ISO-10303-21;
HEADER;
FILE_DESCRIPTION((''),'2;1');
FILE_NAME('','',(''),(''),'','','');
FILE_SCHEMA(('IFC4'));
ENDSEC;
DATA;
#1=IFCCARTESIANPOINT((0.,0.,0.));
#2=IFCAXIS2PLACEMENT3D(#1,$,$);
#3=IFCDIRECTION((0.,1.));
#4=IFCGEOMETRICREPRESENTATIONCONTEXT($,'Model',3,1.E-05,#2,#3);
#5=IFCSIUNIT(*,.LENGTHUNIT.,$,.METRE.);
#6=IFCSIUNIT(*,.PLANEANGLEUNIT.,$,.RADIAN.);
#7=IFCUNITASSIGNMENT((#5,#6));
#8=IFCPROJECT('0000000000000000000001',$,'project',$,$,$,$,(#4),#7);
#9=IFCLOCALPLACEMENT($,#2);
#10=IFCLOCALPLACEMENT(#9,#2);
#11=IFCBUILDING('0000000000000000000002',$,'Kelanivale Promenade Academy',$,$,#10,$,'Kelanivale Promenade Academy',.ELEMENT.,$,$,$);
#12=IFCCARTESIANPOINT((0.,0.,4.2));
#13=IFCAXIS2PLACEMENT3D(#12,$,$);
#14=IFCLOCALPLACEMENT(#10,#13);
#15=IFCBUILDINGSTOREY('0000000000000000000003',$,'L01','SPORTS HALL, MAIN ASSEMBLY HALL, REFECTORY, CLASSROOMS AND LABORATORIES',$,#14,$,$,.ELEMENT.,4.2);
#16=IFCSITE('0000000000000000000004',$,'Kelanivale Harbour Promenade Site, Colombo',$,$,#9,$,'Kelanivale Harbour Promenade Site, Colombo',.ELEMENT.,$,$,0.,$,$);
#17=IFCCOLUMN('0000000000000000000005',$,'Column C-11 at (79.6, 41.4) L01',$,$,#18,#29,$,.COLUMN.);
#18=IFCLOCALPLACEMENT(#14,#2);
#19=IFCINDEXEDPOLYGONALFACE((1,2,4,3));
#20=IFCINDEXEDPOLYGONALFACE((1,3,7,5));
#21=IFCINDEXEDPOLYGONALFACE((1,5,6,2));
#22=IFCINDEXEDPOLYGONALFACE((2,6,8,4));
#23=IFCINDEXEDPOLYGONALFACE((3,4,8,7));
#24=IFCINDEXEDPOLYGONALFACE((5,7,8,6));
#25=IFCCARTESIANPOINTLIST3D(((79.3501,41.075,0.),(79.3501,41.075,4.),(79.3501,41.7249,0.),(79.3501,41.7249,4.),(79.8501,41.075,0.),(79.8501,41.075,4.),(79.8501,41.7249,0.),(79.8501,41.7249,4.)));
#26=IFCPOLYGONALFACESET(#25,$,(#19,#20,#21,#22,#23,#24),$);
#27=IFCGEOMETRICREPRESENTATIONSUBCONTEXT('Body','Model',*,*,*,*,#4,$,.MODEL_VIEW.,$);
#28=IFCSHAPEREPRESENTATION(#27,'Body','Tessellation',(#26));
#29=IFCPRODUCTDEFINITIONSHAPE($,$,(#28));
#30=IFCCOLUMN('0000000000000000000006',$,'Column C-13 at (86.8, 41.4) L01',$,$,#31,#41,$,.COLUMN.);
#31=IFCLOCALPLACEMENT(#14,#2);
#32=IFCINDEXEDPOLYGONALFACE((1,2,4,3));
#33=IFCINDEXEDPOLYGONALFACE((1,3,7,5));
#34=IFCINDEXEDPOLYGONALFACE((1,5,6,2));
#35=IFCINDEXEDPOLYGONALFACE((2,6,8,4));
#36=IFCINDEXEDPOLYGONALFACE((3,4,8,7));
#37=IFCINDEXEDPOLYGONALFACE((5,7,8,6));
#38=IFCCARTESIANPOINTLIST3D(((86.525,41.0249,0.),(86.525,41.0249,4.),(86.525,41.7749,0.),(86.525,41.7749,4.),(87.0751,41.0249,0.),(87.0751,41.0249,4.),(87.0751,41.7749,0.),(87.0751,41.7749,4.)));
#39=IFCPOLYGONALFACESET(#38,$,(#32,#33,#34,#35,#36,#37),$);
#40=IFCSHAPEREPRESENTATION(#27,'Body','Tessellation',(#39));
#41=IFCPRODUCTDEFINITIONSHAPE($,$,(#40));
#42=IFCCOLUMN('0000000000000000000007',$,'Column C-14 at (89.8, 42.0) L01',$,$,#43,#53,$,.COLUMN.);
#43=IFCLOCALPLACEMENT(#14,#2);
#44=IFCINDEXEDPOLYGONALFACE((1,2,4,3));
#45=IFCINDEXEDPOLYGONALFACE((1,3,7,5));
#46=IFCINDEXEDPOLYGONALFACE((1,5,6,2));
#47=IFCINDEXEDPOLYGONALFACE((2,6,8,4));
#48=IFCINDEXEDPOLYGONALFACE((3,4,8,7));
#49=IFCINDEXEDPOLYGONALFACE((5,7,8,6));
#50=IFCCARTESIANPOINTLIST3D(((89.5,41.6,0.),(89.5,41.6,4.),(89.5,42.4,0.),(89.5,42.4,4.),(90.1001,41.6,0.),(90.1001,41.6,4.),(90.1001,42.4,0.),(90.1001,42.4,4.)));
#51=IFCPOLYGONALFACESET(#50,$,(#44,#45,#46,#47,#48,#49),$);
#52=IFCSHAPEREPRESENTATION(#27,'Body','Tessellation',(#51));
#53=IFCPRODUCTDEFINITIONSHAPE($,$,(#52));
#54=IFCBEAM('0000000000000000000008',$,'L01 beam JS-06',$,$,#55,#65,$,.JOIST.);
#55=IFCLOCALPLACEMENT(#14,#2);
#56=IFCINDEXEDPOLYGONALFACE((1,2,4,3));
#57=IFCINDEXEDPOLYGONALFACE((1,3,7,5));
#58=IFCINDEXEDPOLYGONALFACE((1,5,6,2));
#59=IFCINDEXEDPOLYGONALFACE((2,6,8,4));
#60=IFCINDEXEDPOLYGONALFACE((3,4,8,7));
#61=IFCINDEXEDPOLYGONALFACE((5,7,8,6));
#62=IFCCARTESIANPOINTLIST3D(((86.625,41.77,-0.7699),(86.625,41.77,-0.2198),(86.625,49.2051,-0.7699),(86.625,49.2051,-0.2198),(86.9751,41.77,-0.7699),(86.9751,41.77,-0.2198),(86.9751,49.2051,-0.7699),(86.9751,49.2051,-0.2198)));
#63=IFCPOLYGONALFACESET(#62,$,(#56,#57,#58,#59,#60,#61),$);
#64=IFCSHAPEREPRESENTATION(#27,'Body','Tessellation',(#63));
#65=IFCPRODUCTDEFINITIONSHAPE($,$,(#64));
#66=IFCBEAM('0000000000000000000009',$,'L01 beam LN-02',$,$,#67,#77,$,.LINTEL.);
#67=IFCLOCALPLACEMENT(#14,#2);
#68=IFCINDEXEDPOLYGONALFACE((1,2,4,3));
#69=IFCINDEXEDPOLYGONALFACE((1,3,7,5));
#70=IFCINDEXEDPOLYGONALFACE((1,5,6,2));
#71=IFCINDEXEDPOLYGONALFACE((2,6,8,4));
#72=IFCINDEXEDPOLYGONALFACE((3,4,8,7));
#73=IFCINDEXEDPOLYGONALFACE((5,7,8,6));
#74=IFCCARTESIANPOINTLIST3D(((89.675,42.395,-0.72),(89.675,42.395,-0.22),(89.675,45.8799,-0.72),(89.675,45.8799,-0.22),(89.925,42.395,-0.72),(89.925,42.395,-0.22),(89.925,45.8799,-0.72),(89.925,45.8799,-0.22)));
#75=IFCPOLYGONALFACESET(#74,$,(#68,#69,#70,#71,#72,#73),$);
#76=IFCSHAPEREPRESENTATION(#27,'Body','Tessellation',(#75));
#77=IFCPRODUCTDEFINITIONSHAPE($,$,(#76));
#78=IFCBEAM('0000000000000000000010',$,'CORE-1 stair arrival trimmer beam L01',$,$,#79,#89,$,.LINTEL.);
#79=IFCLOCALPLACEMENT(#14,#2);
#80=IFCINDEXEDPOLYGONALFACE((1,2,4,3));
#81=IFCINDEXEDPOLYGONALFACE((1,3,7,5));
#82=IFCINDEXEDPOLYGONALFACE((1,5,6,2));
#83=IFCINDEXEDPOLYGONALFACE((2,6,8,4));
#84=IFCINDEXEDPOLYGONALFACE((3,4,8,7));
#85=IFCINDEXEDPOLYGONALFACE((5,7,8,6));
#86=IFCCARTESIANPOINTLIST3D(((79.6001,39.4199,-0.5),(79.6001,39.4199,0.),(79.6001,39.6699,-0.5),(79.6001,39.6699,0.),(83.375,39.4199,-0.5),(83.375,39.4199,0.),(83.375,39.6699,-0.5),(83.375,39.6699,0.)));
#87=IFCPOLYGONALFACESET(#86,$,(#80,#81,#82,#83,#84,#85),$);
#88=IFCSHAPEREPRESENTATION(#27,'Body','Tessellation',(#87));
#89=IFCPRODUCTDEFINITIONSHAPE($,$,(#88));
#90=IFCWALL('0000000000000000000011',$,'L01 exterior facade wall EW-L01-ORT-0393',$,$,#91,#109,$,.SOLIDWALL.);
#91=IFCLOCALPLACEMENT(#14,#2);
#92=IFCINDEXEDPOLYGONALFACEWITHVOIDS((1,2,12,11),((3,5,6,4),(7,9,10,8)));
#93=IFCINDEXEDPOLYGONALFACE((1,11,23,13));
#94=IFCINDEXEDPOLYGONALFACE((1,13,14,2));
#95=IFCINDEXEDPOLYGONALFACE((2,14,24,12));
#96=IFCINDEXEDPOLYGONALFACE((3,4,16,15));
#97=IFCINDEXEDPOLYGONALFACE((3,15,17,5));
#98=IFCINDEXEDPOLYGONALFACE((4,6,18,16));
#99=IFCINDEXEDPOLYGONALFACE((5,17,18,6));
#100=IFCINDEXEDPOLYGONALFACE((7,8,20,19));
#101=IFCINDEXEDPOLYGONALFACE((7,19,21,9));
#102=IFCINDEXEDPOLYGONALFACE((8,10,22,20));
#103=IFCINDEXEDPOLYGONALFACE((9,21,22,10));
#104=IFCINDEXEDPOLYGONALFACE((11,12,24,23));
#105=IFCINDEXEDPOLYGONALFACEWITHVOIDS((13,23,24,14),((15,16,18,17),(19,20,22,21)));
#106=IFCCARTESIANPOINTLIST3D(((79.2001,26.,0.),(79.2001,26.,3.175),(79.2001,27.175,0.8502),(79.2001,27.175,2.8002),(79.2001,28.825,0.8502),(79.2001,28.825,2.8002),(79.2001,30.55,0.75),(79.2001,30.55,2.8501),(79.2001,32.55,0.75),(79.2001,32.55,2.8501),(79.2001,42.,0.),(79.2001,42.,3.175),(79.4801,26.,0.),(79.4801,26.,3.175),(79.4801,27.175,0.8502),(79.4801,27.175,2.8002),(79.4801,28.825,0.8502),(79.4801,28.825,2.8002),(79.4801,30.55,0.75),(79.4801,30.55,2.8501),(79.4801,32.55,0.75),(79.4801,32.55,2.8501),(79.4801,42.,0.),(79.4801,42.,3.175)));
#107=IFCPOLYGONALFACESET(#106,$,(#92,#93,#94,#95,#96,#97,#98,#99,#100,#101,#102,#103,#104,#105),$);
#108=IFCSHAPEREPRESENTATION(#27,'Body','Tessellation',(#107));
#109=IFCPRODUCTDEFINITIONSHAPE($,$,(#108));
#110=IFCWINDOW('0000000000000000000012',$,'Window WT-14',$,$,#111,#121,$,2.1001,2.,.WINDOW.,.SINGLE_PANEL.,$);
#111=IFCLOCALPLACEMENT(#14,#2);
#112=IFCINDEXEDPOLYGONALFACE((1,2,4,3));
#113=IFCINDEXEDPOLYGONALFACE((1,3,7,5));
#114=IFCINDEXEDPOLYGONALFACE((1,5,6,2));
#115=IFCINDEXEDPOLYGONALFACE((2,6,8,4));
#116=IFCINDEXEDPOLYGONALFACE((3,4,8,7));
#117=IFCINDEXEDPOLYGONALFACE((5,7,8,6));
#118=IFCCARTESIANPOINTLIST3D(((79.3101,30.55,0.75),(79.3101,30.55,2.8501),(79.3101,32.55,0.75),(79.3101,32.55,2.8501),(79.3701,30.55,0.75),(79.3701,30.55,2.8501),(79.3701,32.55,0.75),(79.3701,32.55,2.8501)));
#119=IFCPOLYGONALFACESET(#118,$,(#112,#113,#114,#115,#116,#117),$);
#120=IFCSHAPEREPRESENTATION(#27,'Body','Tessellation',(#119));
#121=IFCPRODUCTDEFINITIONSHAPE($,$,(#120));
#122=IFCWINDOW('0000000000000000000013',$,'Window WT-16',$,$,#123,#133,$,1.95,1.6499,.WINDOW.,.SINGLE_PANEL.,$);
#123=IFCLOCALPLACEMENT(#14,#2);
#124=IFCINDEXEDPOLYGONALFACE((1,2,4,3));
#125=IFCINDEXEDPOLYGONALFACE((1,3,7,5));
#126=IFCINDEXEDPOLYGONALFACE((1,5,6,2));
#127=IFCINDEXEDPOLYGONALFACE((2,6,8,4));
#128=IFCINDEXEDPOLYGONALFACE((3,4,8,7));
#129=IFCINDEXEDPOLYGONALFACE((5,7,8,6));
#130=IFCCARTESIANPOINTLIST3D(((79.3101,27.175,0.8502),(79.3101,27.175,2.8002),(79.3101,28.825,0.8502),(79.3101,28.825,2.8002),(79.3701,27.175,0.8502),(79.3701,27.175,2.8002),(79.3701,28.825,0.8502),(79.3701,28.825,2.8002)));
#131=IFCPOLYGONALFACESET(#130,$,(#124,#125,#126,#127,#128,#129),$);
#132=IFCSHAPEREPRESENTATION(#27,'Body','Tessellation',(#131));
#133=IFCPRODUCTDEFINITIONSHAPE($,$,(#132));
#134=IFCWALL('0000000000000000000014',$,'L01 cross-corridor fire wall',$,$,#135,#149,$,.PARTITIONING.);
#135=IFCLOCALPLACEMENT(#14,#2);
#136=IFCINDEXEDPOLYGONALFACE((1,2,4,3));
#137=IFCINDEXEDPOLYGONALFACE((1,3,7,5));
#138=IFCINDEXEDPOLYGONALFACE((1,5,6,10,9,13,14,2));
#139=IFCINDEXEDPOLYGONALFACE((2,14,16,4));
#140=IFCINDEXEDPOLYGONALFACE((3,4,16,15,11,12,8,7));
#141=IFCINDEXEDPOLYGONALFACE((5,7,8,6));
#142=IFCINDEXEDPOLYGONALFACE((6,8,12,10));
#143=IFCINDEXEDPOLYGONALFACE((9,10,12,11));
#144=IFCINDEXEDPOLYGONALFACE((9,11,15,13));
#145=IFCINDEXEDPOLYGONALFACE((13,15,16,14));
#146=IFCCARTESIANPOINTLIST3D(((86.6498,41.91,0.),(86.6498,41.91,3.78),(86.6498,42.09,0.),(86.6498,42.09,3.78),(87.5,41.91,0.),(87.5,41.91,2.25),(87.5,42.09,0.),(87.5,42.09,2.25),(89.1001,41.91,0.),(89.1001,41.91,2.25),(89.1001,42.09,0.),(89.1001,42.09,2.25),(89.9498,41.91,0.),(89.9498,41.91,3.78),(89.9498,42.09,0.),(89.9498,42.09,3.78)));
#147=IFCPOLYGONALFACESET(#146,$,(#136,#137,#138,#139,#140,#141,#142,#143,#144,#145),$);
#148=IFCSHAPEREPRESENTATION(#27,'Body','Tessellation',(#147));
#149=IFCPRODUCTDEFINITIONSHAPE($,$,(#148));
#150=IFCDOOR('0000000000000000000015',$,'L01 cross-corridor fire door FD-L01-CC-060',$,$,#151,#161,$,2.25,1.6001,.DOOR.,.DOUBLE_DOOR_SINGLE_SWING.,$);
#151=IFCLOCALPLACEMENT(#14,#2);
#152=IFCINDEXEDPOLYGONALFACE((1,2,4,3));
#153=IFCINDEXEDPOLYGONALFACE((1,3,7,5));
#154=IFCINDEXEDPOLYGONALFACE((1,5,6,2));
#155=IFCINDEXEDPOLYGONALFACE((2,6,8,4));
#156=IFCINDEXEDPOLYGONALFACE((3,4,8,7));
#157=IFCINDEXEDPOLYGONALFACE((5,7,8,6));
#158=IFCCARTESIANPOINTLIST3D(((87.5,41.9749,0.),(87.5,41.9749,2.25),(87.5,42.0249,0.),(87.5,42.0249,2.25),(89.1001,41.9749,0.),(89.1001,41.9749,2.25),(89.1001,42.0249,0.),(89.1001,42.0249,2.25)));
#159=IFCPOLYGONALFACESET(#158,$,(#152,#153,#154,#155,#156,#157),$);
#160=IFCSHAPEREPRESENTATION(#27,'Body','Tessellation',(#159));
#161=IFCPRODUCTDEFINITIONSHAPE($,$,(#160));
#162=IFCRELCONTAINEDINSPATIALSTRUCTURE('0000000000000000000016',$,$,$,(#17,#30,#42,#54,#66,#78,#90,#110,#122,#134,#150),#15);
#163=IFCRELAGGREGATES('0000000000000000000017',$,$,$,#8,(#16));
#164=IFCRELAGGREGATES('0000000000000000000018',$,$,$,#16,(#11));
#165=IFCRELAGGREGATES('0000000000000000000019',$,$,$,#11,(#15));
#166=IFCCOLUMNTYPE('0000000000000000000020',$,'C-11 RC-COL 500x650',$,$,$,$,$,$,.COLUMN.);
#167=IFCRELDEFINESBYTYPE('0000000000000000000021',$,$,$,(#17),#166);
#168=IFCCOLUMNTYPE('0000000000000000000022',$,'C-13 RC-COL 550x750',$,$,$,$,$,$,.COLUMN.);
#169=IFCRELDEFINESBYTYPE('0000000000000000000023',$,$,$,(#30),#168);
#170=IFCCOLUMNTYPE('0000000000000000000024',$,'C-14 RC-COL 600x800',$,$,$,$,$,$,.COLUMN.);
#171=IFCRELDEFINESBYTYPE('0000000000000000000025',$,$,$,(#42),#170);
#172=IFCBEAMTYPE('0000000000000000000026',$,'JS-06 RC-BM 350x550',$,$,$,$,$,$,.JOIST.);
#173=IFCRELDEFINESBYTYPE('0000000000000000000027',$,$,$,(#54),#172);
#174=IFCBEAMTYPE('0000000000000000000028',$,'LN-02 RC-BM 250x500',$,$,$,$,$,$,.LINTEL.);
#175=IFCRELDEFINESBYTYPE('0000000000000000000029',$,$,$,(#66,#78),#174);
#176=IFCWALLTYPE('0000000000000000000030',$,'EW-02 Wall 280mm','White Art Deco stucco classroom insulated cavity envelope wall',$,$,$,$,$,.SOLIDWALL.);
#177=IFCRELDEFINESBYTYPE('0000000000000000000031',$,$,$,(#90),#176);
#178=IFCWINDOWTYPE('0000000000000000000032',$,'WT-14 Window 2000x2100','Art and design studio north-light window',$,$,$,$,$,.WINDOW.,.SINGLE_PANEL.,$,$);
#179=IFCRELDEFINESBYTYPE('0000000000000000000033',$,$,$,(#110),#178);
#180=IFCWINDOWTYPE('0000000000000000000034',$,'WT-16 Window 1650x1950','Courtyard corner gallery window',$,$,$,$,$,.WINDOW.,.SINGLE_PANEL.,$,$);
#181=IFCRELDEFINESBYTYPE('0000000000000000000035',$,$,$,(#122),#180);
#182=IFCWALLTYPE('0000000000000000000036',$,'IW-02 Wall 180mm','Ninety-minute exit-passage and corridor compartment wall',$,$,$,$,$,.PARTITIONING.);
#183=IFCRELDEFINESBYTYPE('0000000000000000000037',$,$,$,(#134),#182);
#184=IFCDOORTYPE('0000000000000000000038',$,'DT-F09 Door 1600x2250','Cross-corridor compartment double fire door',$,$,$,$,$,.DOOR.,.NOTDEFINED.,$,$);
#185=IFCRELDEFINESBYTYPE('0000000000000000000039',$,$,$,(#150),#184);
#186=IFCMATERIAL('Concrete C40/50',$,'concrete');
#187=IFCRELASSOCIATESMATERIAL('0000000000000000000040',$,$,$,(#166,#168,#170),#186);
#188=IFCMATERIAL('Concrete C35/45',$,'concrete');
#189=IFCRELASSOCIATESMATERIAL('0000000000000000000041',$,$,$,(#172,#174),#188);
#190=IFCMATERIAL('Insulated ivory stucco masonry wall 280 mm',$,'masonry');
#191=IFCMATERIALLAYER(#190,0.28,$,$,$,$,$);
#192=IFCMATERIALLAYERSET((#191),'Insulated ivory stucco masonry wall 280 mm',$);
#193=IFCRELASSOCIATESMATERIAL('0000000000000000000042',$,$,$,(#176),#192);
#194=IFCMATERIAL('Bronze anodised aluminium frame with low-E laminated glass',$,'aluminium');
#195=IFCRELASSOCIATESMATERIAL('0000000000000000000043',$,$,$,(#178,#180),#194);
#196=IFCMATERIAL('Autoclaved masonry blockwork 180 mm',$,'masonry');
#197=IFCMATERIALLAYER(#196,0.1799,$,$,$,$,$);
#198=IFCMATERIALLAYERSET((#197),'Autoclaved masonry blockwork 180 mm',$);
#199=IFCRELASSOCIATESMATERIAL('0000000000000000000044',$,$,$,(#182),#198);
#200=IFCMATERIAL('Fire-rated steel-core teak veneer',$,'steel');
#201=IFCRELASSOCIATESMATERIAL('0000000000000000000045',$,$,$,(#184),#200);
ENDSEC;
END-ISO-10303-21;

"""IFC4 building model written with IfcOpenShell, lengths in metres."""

from ifc_helpers import new_model, si_unit, direction, frame, frame_2d, origin, origin_2d, place, context, subcontext, project, spatial, rectangle, extrude, material, layer, layer_set, material_profile, profile_set, type_object, element, fill, save


model = new_model("IFC4")

# Units and contexts
model_context = context("Model", 3, precision=1e-05, world=origin(), true_north=direction((0.0, 1.0)))
body_context = subcontext(model_context, "Body", "Model", "MODEL_VIEW")
ifc_project = project(units=[si_unit("LENGTHUNIT", "METRE"), si_unit("PLANEANGLEUNIT", "RADIAN")], contexts=[model_context])

# Site, building, storey
site_placement = place(None, origin())
site = spatial("IfcSite", under=ifc_project, at=site_placement, Name="Kelanivale Harbour Promenade Site, Colombo", LongName="Kelanivale Harbour Promenade Site, Colombo", CompositionType="ELEMENT", RefElevation=0.0)
building_placement = place(site_placement, origin())
building = spatial("IfcBuilding", under=site, at=building_placement, Name="Kelanivale Promenade Academy", LongName="Kelanivale Promenade Academy", CompositionType="ELEMENT")
storey_placement = place(building_placement, frame((0.0, 0.0, 4.2)))
storey = spatial("IfcBuildingStorey", under=building, at=storey_placement, Name="L01", Description="SPORTS HALL, MAIN ASSEMBLY HALL, REFECTORY, CLASSROOMS AND LABORATORIES", CompositionType="ELEMENT", Elevation=4.2)

# Columns
ifc_material_1 = material(Name="Concrete C40/50", Category="concrete")
ifc_material_profile_1 = material_profile(ifc_material_1, rectangle(XDim=0.5, YDim=0.6499, at=origin_2d()), Name="RC-COL 500x650")
ifc_profile_set_1 = profile_set([ifc_material_profile_1], Name="Concrete C40/50")
column_type_1 = type_object("IfcColumnType", Name="C-11 RC-COL 500x650", PredefinedType="COLUMN", material=ifc_profile_set_1)
column_1_placement = place(storey_placement, frame((79.6001, 41.3999, 0.0), z_axis=(0.0, 0.0, 1.0), x_axis=(1.0, 0.0, 0.0)))
element("IfcColumn", 1, at=column_1_placement, inside=storey, type_object=column_type_1, Name="Column C-11 at (79.6, 41.4) L01", PredefinedType="COLUMN", context=body_context, shape_type="SweptSolid", body=[
    extrude(rectangle(XDim=0.5, YDim=0.6499, at=origin_2d()), origin(), (0.0, 0.0, 1.0), 4.0),
])
ifc_material_profile_2 = material_profile(ifc_material_1, rectangle(XDim=0.55, YDim=0.75, at=origin_2d()), Name="RC-COL 550x750")
ifc_profile_set_2 = profile_set([ifc_material_profile_2], Name="Concrete C40/50")
column_type_2 = type_object("IfcColumnType", Name="C-13 RC-COL 550x750", PredefinedType="COLUMN", material=ifc_profile_set_2)
column_2_placement = place(storey_placement, frame((86.8, 41.3999, 0.0), z_axis=(0.0, 0.0, 1.0), x_axis=(1.0, 0.0, 0.0)))
element("IfcColumn", 2, at=column_2_placement, inside=storey, type_object=column_type_2, Name="Column C-13 at (86.8, 41.4) L01", PredefinedType="COLUMN", context=body_context, shape_type="SweptSolid", body=[
    extrude(rectangle(XDim=0.55, YDim=0.75, at=origin_2d()), origin(), (0.0, 0.0, 1.0), 4.0),
])
ifc_material_profile_3 = material_profile(ifc_material_1, rectangle(XDim=0.6001, YDim=0.8, at=origin_2d()), Name="RC-COL 600x800")
ifc_profile_set_3 = profile_set([ifc_material_profile_3], Name="Concrete C40/50")
column_type_3 = type_object("IfcColumnType", Name="C-14 RC-COL 600x800", PredefinedType="COLUMN", material=ifc_profile_set_3)
column_3_placement = place(storey_placement, frame((89.8, 42.0, 0.0), z_axis=(0.0, 0.0, 1.0), x_axis=(1.0, 0.0, 0.0)))
element("IfcColumn", 3, at=column_3_placement, inside=storey, type_object=column_type_3, Name="Column C-14 at (89.8, 42.0) L01", PredefinedType="COLUMN", context=body_context, shape_type="SweptSolid", body=[
    extrude(rectangle(XDim=0.6001, YDim=0.8, at=origin_2d()), origin(), (0.0, 0.0, 1.0), 4.0),
])

# Beams
ifc_material_2 = material(Name="Concrete C35/45", Category="concrete")
ifc_material_profile_4 = material_profile(ifc_material_2, rectangle(XDim=0.3501, YDim=0.55, at=origin_2d()), Name="RC-BM 350x550")
ifc_profile_set_4 = profile_set([ifc_material_profile_4], Name="Concrete C35/45")
beam_type_1 = type_object("IfcBeamType", Name="JS-06 RC-BM 350x550", PredefinedType="JOIST", material=ifc_profile_set_4)
beam_1_placement = place(storey_placement, frame((86.8, 41.77, -0.4949), z_axis=(0.0, 1.0, 0.0), x_axis=(-1.0, 0.0, 0.0)))
element("IfcBeam", 4, at=beam_1_placement, inside=storey, type_object=beam_type_1, Name="L01 beam JS-06", PredefinedType="JOIST", context=body_context, shape_type="SweptSolid", body=[
    extrude(rectangle(XDim=0.3501, YDim=0.55, at=origin_2d()), origin(), (0.0, 0.0, 1.0), 7.4351),
])
ifc_material_profile_5 = material_profile(ifc_material_2, rectangle(XDim=0.25, YDim=0.5, at=origin_2d()), Name="RC-BM 250x500")
ifc_profile_set_5 = profile_set([ifc_material_profile_5], Name="Concrete C35/45")
beam_type_2 = type_object("IfcBeamType", Name="LN-02 RC-BM 250x500", PredefinedType="LINTEL", material=ifc_profile_set_5)
beam_2_placement = place(storey_placement, frame((89.8, 42.395, -0.47), z_axis=(0.0, 1.0, 0.0), x_axis=(-1.0, 0.0, 0.0)))
element("IfcBeam", 5, at=beam_2_placement, inside=storey, type_object=beam_type_2, Name="L01 beam LN-02", PredefinedType="LINTEL", context=body_context, shape_type="SweptSolid", body=[
    extrude(rectangle(XDim=0.25, YDim=0.5, at=origin_2d()), origin(), (0.0, 0.0, 1.0), 3.4849),
])
beam_3_placement = place(storey_placement, frame((79.6001, 39.5449, -0.25), z_axis=(1.0, 0.0, 0.0), x_axis=(0.0, 1.0, 0.0)))
element("IfcBeam", 6, at=beam_3_placement, inside=storey, type_object=beam_type_2, Name="CORE-1 stair arrival trimmer beam L01", PredefinedType="LINTEL", context=body_context, shape_type="SweptSolid", body=[
    extrude(rectangle(XDim=0.25, YDim=0.5, at=origin_2d()), origin(), (0.0, 0.0, 1.0), 3.7749),
])

# Shared definitions
ifc_material_3 = material(Name="Fire-rated steel-core teak veneer", Category="steel")

# Wall, openings, windows
ifc_material_4 = material(Name="Insulated ivory stucco masonry wall 280 mm", Category="masonry")
ifc_layer_1 = layer(ifc_material_4, 0.28)
ifc_layer_set_1 = layer_set([ifc_layer_1], Name="Insulated ivory stucco masonry wall 280 mm")
wall_type_1 = type_object("IfcWallType", Name="EW-02 Wall 280mm", Description="White Art Deco stucco classroom insulated cavity envelope wall", PredefinedType="SOLIDWALL", material=ifc_layer_set_1)
wall_1_placement = place(storey_placement, frame((79.3401, 42.0, 0.0), z_axis=(0.0, 0.0, 1.0), x_axis=(0.0, -1.0, 0.0)))
wall_1 = element("IfcWall", 7, at=wall_1_placement, inside=storey, type_object=wall_type_1, Name="L01 exterior facade wall EW-L01-ORT-0393", PredefinedType="SOLIDWALL", context=body_context, shape_type="SweptSolid", body=[
    extrude(rectangle(XDim=16.0, YDim=0.28, at=frame_2d((8.0, 0.0))), origin(), (0.0, 0.0, 1.0), 3.175),
])
opening_1_placement = place(wall_1_placement, frame((9.45, 0.0, 0.75)))
opening_1 = element("IfcOpeningElement", 8, at=opening_1_placement, cuts=wall_1, PredefinedType="OPENING", context=body_context, shape_type="SweptSolid", body=[
    extrude(rectangle(XDim=2.0, YDim=2.1001, at=frame_2d((1.0, 1.05))), frame((0.0, 0.1499, 0.0), z_axis=(0.0, -1.0, 0.0), x_axis=(1.0, 0.0, 0.0)), (0.0, 0.0, 1.0), 0.3),
])
opening_2_placement = place(wall_1_placement, frame((13.175, 0.0, 0.8501)))
opening_2 = element("IfcOpeningElement", 9, at=opening_2_placement, cuts=wall_1, PredefinedType="OPENING", context=body_context, shape_type="SweptSolid", body=[
    extrude(rectangle(XDim=1.6499, YDim=1.95, at=frame_2d((0.825, 0.9751))), frame((0.0, 0.1499, 0.0), z_axis=(0.0, -1.0, 0.0), x_axis=(1.0, 0.0, 0.0)), (0.0, 0.0, 1.0), 0.3),
])
ifc_material_5 = material(Name="Bronze anodised aluminium frame with low-E laminated glass", Category="aluminium")
window_type_1 = type_object("IfcWindowType", Name="WT-14 Window 2000x2100", Description="Art and design studio north-light window", PartitioningType="SINGLE_PANEL", PredefinedType="WINDOW", material=ifc_material_5)
window_1_placement = place(opening_1_placement, origin())
window_1 = element("IfcWindow", 10, at=window_1_placement, inside=storey, type_object=window_type_1, Name="Window WT-14", OverallHeight=2.1001, OverallWidth=2.0, PartitioningType="SINGLE_PANEL", PredefinedType="WINDOW", context=body_context, shape_type="SweptSolid", body=[
    extrude(rectangle(XDim=2.0, YDim=2.1001, at=frame_2d((1.0, 1.05))), frame((0.0, 0.03, 0.0), z_axis=(0.0, -1.0, 0.0), x_axis=(1.0, 0.0, 0.0)), (0.0, 0.0, 1.0), 0.0601),
])
fill(opening_1, window_1)
window_type_2 = type_object("IfcWindowType", Name="WT-16 Window 1650x1950", Description="Courtyard corner gallery window", PartitioningType="SINGLE_PANEL", PredefinedType="WINDOW", material=ifc_material_5)
window_2_placement = place(opening_2_placement, origin())
window_2 = element("IfcWindow", 11, at=window_2_placement, inside=storey, type_object=window_type_2, Name="Window WT-16", OverallHeight=1.95, OverallWidth=1.6499, PartitioningType="SINGLE_PANEL", PredefinedType="WINDOW", context=body_context, shape_type="SweptSolid", body=[
    extrude(rectangle(XDim=1.6499, YDim=1.95, at=frame_2d((0.825, 0.9751))), frame((0.0, 0.03, 0.0), z_axis=(0.0, -1.0, 0.0), x_axis=(1.0, 0.0, 0.0)), (0.0, 0.0, 1.0), 0.0601),
])
fill(opening_2, window_2)

# Wall, opening, door
ifc_material_6 = material(Name="Autoclaved masonry blockwork 180 mm", Category="masonry")
ifc_layer_2 = layer(ifc_material_6, 0.1799)
ifc_layer_set_2 = layer_set([ifc_layer_2], Name="Autoclaved masonry blockwork 180 mm")
wall_type_2 = type_object("IfcWallType", Name="IW-02 Wall 180mm", Description="Ninety-minute exit-passage and corridor compartment wall", PredefinedType="PARTITIONING", material=ifc_layer_set_2)
wall_2_placement = place(storey_placement, frame((86.6499, 42.0, 0.0), z_axis=(0.0, 0.0, 1.0), x_axis=(1.0, 0.0, 0.0)))
wall_2 = element("IfcWall", 12, at=wall_2_placement, inside=storey, type_object=wall_type_2, Name="L01 cross-corridor fire wall", PredefinedType="PARTITIONING", context=body_context, shape_type="SweptSolid", body=[
    extrude(rectangle(XDim=3.3, YDim=0.1799, at=frame_2d((1.6499, 0.0))), origin(), (0.0, 0.0, 1.0), 3.78),
])
opening_3_placement = place(wall_2_placement, frame((0.8501, 0.0, 0.0)))
opening_3 = element("IfcOpeningElement", 13, at=opening_3_placement, cuts=wall_2, PredefinedType="OPENING", context=body_context, shape_type="SweptSolid", body=[
    extrude(rectangle(XDim=1.6001, YDim=2.25, at=frame_2d((0.8, 1.125))), frame((0.0, 0.1001, 0.0), z_axis=(0.0, -1.0, 0.0), x_axis=(1.0, 0.0, 0.0)), (0.0, 0.0, 1.0), 0.2),
])
door_type_1 = type_object("IfcDoorType", Name="DT-F09 Door 1600x2250", Description="Cross-corridor compartment double fire door", OperationType="NOTDEFINED", PredefinedType="DOOR", material=ifc_material_3)
door_1_placement = place(opening_3_placement, origin())
door_1 = element("IfcDoor", 14, at=door_1_placement, inside=storey, type_object=door_type_1, Name="L01 cross-corridor fire door FD-L01-CC-060", OperationType="DOUBLE_DOOR_SINGLE_SWING", OverallHeight=2.25, OverallWidth=1.6001, PredefinedType="DOOR", context=body_context, shape_type="SweptSolid", body=[
    extrude(rectangle(XDim=1.6001, YDim=2.25, at=frame_2d((0.8, 1.125))), frame((0.0, 0.0249, 0.0), z_axis=(0.0, -1.0, 0.0), x_axis=(1.0, 0.0, 0.0)), (0.0, 0.0, 1.0), 0.05),
])
fill(opening_3, door_1)

save(model, "model.ifc")
